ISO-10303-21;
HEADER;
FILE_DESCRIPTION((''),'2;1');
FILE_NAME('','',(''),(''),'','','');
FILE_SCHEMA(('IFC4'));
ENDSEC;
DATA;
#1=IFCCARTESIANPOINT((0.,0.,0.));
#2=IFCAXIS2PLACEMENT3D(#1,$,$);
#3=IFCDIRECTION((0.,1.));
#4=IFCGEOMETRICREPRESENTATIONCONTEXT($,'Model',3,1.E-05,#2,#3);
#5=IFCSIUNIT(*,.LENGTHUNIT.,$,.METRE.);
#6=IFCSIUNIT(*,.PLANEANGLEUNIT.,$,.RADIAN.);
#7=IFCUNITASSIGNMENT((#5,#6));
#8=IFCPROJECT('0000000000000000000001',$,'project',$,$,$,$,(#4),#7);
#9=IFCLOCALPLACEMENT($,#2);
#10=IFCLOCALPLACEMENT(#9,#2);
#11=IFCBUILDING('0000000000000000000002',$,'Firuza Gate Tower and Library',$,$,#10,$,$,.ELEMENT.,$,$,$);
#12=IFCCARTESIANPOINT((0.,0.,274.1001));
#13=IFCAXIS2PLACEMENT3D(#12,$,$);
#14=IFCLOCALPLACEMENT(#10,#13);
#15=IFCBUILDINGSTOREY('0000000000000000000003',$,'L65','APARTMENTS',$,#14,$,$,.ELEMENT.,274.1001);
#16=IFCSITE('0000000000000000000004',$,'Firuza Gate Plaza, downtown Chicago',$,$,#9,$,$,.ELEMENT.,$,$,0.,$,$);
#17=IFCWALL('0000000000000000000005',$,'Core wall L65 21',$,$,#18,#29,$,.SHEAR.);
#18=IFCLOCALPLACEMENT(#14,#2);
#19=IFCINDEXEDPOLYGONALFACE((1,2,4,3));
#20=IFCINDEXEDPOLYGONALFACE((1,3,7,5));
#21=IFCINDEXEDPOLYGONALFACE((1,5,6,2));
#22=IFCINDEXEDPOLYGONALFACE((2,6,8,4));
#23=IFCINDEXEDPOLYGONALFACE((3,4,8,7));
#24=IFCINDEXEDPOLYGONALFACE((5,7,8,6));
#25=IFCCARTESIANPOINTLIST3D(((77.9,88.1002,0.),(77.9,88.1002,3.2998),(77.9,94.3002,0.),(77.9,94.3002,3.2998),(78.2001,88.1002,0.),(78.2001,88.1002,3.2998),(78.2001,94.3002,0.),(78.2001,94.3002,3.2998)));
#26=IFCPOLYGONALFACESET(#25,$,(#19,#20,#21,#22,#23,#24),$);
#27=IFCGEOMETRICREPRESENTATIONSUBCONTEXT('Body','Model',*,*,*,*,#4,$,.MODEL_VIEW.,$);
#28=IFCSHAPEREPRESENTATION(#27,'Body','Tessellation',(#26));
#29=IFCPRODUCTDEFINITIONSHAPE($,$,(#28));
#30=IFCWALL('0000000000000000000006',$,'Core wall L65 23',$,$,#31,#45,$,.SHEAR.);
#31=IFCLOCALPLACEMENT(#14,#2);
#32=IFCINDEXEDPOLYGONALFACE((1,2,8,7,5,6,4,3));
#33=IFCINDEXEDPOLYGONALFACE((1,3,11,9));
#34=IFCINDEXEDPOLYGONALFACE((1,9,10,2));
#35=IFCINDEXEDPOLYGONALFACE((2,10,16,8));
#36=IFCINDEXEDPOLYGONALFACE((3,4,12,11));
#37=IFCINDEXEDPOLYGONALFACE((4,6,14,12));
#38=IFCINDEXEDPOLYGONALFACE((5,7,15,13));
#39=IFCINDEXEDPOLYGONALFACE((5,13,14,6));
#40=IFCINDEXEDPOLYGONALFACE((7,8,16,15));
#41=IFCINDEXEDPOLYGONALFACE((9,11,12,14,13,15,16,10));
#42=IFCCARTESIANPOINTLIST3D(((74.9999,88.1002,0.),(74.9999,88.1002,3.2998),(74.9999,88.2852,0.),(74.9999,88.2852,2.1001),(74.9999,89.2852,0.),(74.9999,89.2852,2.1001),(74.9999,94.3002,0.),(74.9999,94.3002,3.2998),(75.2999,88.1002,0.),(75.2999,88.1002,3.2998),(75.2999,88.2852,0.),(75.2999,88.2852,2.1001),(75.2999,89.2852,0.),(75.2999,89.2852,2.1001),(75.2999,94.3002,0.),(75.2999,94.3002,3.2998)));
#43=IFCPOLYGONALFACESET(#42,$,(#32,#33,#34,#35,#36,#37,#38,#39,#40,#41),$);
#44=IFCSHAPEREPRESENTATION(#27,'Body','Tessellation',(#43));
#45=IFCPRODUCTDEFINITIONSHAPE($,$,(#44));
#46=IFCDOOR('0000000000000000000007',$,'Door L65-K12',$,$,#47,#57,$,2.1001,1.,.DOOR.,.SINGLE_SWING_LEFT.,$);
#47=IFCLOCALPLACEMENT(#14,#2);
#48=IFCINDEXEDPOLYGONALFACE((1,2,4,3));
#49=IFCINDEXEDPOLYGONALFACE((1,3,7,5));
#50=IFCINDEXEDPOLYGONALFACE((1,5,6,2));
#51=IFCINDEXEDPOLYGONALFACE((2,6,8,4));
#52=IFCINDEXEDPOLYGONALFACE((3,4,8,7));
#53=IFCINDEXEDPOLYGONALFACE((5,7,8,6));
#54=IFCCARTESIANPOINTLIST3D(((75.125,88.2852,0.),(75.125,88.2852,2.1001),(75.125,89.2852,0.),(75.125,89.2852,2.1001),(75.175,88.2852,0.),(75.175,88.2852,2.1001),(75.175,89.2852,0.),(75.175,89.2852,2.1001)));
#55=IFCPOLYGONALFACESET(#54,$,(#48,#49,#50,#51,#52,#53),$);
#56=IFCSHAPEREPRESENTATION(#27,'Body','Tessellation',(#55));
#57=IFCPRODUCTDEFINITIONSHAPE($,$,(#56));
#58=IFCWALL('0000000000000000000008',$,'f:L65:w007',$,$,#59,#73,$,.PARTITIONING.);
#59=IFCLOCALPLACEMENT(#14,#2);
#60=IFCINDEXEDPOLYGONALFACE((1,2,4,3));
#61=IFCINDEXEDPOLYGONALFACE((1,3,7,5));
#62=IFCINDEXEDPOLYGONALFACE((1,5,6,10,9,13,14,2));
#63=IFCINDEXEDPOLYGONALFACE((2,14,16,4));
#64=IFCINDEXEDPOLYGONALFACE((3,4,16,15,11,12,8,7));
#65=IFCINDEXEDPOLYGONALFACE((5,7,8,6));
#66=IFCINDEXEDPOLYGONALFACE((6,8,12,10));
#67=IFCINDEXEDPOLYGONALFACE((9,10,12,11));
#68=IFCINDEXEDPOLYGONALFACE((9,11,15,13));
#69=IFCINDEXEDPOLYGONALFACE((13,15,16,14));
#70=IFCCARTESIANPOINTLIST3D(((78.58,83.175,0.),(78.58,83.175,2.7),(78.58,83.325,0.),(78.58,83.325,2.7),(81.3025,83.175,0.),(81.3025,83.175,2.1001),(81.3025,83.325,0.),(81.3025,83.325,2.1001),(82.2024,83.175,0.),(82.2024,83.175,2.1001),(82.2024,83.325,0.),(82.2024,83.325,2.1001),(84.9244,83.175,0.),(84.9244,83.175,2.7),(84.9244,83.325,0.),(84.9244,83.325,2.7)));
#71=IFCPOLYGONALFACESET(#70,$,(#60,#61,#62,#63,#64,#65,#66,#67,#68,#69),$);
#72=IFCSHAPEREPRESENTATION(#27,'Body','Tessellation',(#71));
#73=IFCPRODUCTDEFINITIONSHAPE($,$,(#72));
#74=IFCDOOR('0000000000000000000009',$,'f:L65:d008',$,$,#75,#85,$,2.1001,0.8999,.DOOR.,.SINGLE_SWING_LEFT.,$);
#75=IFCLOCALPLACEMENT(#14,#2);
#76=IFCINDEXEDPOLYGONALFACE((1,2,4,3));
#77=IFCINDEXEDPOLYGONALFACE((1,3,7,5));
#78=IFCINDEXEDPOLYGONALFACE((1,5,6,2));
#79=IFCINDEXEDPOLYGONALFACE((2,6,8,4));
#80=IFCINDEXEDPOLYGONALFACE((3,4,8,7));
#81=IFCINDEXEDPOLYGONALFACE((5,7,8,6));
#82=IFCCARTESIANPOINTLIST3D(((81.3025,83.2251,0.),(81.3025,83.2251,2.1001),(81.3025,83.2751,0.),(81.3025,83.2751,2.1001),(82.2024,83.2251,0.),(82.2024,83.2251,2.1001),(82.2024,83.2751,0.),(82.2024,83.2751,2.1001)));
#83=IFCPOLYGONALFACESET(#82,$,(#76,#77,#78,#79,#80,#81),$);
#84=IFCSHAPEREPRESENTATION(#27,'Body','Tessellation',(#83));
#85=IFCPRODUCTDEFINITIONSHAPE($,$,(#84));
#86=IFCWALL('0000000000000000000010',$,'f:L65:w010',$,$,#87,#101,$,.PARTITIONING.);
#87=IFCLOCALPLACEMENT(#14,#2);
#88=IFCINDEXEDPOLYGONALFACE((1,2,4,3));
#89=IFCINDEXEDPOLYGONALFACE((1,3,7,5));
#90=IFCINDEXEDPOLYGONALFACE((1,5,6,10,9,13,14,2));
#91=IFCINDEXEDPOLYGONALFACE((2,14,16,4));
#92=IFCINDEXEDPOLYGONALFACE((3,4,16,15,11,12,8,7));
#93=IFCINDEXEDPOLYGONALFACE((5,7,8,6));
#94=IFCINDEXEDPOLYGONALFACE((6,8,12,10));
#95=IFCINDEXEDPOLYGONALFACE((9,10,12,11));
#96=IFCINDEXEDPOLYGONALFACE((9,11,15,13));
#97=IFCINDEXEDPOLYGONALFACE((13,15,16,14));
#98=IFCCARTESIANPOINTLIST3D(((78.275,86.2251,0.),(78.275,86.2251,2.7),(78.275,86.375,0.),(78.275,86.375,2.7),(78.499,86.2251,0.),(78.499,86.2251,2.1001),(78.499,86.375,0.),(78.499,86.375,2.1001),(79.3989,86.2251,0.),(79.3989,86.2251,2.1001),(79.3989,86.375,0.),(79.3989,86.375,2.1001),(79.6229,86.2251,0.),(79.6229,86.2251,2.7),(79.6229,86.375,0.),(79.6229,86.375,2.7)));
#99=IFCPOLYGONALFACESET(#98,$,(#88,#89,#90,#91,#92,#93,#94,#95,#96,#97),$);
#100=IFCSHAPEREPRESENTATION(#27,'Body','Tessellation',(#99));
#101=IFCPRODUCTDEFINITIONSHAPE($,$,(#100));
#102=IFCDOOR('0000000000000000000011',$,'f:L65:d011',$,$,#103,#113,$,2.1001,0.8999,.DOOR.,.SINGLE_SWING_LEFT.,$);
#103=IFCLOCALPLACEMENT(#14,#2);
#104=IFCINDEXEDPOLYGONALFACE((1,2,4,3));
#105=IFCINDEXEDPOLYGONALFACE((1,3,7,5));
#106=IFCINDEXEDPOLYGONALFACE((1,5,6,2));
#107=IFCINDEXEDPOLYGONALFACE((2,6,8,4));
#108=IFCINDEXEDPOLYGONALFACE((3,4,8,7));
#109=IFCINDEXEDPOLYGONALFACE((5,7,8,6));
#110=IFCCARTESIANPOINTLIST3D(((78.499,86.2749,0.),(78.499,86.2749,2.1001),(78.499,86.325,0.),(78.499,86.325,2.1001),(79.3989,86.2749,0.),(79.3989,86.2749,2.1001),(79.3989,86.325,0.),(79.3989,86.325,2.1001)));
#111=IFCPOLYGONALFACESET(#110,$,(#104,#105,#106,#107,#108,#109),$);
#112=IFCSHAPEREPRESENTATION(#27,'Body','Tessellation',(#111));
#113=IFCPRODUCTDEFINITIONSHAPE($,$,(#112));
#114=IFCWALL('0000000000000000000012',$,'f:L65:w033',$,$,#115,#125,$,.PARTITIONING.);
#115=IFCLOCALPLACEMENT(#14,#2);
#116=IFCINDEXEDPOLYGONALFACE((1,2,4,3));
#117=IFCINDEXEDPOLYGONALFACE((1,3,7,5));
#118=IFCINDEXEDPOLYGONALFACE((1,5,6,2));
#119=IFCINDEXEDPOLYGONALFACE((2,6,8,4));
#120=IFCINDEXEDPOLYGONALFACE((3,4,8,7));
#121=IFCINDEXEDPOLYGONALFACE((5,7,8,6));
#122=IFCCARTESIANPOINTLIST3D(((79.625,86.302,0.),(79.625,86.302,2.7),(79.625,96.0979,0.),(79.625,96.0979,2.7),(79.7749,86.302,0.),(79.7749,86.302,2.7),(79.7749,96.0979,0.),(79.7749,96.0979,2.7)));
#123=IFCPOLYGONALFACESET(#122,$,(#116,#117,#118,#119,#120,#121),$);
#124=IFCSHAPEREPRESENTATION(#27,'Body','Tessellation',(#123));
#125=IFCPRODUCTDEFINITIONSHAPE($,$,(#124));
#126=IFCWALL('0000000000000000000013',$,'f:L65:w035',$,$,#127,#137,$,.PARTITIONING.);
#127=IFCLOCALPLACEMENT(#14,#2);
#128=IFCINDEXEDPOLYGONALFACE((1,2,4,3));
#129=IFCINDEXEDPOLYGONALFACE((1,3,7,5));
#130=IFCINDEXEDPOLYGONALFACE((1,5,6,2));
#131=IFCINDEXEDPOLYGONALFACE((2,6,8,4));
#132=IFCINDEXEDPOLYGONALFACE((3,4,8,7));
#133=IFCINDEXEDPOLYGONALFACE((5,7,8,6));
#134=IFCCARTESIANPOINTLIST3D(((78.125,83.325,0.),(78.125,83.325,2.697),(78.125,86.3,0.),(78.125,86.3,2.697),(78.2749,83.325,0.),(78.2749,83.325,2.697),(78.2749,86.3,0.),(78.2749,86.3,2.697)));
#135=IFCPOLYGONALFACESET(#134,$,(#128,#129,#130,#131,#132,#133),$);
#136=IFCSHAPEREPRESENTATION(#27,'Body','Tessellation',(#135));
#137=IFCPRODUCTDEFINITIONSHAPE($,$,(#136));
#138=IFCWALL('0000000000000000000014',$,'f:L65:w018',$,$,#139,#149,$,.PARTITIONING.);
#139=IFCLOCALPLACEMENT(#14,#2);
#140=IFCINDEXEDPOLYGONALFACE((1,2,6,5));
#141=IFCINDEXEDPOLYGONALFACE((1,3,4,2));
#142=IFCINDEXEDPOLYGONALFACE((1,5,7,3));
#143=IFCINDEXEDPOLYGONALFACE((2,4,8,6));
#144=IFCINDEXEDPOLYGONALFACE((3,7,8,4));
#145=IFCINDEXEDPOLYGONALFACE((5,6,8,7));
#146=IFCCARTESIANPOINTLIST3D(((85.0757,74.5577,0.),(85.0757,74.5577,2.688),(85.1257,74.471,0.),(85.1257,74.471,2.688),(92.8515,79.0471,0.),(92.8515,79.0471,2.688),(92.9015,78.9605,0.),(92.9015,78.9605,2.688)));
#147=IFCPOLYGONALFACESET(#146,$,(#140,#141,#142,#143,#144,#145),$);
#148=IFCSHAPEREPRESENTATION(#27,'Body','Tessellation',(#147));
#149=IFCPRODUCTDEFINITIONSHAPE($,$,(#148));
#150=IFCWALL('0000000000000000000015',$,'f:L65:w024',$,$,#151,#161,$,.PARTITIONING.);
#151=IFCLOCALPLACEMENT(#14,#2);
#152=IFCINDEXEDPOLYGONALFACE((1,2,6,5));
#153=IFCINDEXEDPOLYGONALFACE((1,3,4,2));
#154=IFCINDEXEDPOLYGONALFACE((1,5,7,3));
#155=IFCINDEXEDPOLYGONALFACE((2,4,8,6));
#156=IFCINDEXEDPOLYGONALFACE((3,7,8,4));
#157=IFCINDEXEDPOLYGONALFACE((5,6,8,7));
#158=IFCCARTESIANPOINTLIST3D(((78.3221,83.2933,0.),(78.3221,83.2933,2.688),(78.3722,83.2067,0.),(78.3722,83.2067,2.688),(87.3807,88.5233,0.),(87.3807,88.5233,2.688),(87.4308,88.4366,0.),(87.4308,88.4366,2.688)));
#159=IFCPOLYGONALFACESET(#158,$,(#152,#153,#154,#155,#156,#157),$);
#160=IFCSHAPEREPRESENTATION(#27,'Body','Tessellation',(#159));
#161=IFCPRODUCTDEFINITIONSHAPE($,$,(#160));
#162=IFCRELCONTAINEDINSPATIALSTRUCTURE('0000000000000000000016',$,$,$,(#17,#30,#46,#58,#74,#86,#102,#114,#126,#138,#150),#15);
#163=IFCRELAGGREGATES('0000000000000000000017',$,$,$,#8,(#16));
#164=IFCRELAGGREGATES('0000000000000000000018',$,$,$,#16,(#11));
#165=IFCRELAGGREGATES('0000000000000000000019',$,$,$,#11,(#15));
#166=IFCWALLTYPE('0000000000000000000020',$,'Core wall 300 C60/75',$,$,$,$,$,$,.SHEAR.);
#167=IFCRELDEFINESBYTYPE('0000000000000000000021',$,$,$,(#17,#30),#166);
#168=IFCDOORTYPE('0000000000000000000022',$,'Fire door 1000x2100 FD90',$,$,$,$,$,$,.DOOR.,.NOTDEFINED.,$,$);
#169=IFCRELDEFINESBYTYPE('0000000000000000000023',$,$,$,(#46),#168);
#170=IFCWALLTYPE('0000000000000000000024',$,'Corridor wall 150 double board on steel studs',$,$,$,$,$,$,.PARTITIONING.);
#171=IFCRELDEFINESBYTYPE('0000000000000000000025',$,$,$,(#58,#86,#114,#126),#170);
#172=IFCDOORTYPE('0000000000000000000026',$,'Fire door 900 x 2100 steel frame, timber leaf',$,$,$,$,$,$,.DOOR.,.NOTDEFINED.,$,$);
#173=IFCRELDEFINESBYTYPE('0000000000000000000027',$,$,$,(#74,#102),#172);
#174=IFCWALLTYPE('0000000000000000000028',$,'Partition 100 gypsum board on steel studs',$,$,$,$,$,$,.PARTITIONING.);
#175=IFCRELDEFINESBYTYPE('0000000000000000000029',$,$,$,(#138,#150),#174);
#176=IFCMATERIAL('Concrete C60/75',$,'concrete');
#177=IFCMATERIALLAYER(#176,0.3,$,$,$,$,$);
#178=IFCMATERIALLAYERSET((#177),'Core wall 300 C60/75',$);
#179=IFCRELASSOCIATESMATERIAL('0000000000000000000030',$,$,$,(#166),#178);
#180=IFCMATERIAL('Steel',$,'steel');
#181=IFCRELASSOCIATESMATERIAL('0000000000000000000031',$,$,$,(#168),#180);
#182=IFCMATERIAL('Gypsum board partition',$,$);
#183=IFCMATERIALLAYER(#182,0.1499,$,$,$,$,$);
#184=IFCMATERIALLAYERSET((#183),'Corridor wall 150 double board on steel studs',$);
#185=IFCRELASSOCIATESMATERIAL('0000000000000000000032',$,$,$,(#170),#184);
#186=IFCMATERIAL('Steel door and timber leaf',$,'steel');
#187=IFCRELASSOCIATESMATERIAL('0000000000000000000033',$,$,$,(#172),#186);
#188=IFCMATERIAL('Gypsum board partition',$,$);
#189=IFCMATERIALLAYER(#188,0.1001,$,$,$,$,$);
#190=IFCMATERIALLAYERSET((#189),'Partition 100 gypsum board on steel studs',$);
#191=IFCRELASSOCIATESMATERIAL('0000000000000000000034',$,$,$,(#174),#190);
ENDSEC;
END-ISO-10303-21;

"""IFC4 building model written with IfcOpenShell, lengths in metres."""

from ifc_helpers import new_model, si_unit, direction, frame, frame_2d, origin, place, context, subcontext, project, spatial, rectangle, extrude, material, layer, layer_set, type_object, element, fill, save


model = new_model("IFC4")

# Units and contexts
model_context = context("Model", 3, precision=1e-05, world=origin(), true_north=direction((0.0, 1.0)))
body_context = subcontext(model_context, "Body", "Model", "MODEL_VIEW")
ifc_project = project(units=[si_unit("LENGTHUNIT", "METRE"), si_unit("PLANEANGLEUNIT", "RADIAN")], contexts=[model_context])

# Site, building, storey
site_placement = place(None, origin())
site = spatial("IfcSite", under=ifc_project, at=site_placement, Name="Firuza Gate Plaza, downtown Chicago", CompositionType="ELEMENT", RefElevation=0.0)
building_placement = place(site_placement, origin())
building = spatial("IfcBuilding", under=site, at=building_placement, Name="Firuza Gate Tower and Library", CompositionType="ELEMENT")
storey_placement = place(building_placement, frame((0.0, 0.0, 274.1001)))
storey = spatial("IfcBuildingStorey", under=building, at=storey_placement, Name="L65", Description="APARTMENTS", CompositionType="ELEMENT", Elevation=274.1001)

# Wall
ifc_material_1 = material(Name="Concrete C60/75", Category="concrete")
ifc_layer_1 = layer(ifc_material_1, 0.3)
ifc_layer_set_1 = layer_set([ifc_layer_1], Name="Core wall 300 C60/75")
wall_type_1 = type_object("IfcWallType", Name="Core wall 300 C60/75", PredefinedType="SHEAR", material=ifc_layer_set_1)
wall_1_placement = place(storey_placement, frame((78.05, 88.1001, 0.0), z_axis=(0.0, 0.0, 1.0), x_axis=(0.0, 1.0, 0.0)))
element("IfcWall", 1, at=wall_1_placement, inside=storey, type_object=wall_type_1, Name="Core wall L65 21", PredefinedType="SHEAR", context=body_context, shape_type="SweptSolid", body=[
    extrude(rectangle(XDim=6.2, YDim=0.3, at=frame_2d((3.1001, 0.0))), origin(), (0.0, 0.0, 1.0), 3.2998),
])

# Walls, openings, doors
wall_2_placement = place(storey_placement, frame((75.1499, 88.1001, 0.0), z_axis=(0.0, 0.0, 1.0), x_axis=(0.0, 1.0, 0.0)))
wall_2 = element("IfcWall", 2, at=wall_2_placement, inside=storey, type_object=wall_type_1, Name="Core wall L65 23", PredefinedType="SHEAR", context=body_context, shape_type="SweptSolid", body=[
    extrude(rectangle(XDim=6.2, YDim=0.3, at=frame_2d((3.1001, 0.0))), origin(), (0.0, 0.0, 1.0), 3.2998),
])
opening_1_placement = place(wall_2_placement, frame((0.1851, 0.0, 0.0)))
opening_1 = element("IfcOpeningElement", 3, at=opening_1_placement, cuts=wall_2, PredefinedType="OPENING", context=body_context, shape_type="SweptSolid", body=[
    extrude(rectangle(XDim=1.0, YDim=2.1001, at=frame_2d((0.5, 1.05))), frame((0.0, 0.1602, 0.0), z_axis=(0.0, -1.0, 0.0), x_axis=(1.0, 0.0, 0.0)), (0.0, 0.0, 1.0), 0.3201),
])
ifc_material_2 = material(Name="Steel", Category="steel")
door_type_1 = type_object("IfcDoorType", Name="Fire door 1000x2100 FD90", OperationType="NOTDEFINED", PredefinedType="DOOR", material=ifc_material_2)
door_1_placement = place(opening_1_placement, origin())
door_1 = element("IfcDoor", 4, at=door_1_placement, inside=storey, type_object=door_type_1, Name="Door L65-K12", OperationType="SINGLE_SWING_LEFT", OverallHeight=2.1001, OverallWidth=1.0, PredefinedType="DOOR", context=body_context, shape_type="SweptSolid", body=[
    extrude(rectangle(XDim=1.0, YDim=2.1001, at=frame_2d((0.5, 1.05))), frame((0.0, 0.0249, 0.0), z_axis=(0.0, -1.0, 0.0), x_axis=(1.0, 0.0, 0.0)), (0.0, 0.0, 1.0), 0.05),
])
fill(opening_1, door_1)
ifc_material_3 = material(Name="Gypsum board partition")
ifc_layer_2 = layer(ifc_material_3, 0.1499)
ifc_layer_set_2 = layer_set([ifc_layer_2], Name="Corridor wall 150 double board on steel studs")
wall_type_2 = type_object("IfcWallType", Name="Corridor wall 150 double board on steel studs", PredefinedType="PARTITIONING", material=ifc_layer_set_2)
wall_3_placement = place(storey_placement, frame((84.9246, 83.25, 0.0), z_axis=(0.0, 0.0, 1.0), x_axis=(-1.0, 0.0, 0.0)))
wall_3 = element("IfcWall", 5, at=wall_3_placement, inside=storey, type_object=wall_type_2, Name="f:L65:w007", PredefinedType="PARTITIONING", context=body_context, shape_type="SweptSolid", body=[
    extrude(rectangle(XDim=6.3445, YDim=0.1499, at=frame_2d((3.1724, 0.0))), origin(), (0.0, 0.0, 1.0), 2.7),
])
opening_2_placement = place(wall_3_placement, frame((2.7222, 0.0, 0.0)))
opening_2 = element("IfcOpeningElement", 6, at=opening_2_placement, cuts=wall_3, PredefinedType="OPENING", context=body_context, shape_type="SweptSolid", body=[
    extrude(rectangle(XDim=0.8999, YDim=2.1001, at=frame_2d((0.45, 1.05))), frame((0.0, 0.085, 0.0), z_axis=(0.0, -1.0, 0.0), x_axis=(1.0, 0.0, 0.0)), (0.0, 0.0, 1.0), 0.1699),
])
ifc_material_4 = material(Name="Steel door and timber leaf", Category="steel")
door_type_2 = type_object("IfcDoorType", Name="Fire door 900 x 2100 steel frame, timber leaf", OperationType="NOTDEFINED", PredefinedType="DOOR", material=ifc_material_4)
door_2_placement = place(opening_2_placement, origin())
door_2 = element("IfcDoor", 7, at=door_2_placement, inside=storey, type_object=door_type_2, Name="f:L65:d008", OperationType="SINGLE_SWING_LEFT", OverallHeight=2.1001, OverallWidth=0.8999, PredefinedType="DOOR", context=body_context, shape_type="SweptSolid", body=[
    extrude(rectangle(XDim=0.8999, YDim=2.1001, at=frame_2d((0.45, 1.05))), frame((0.0, 0.0249, 0.0), z_axis=(0.0, -1.0, 0.0), x_axis=(1.0, 0.0, 0.0)), (0.0, 0.0, 1.0), 0.05),
])
fill(opening_2, door_2)
wall_4_placement = place(storey_placement, frame((78.2751, 86.3, 0.0), z_axis=(0.0, 0.0, 1.0), x_axis=(1.0, 0.0, 0.0)))
wall_4 = element("IfcWall", 8, at=wall_4_placement, inside=storey, type_object=wall_type_2, Name="f:L65:w010", PredefinedType="PARTITIONING", context=body_context, shape_type="SweptSolid", body=[
    extrude(rectangle(XDim=1.3479, YDim=0.1499, at=frame_2d((0.6738, 0.0))), origin(), (0.0, 0.0, 1.0), 2.7),
])
opening_3_placement = place(wall_4_placement, frame((0.2239, 0.0, 0.0)))
opening_3 = element("IfcOpeningElement", 9, at=opening_3_placement, cuts=wall_4, PredefinedType="OPENING", context=body_context, shape_type="SweptSolid", body=[
    extrude(rectangle(XDim=0.8999, YDim=2.1001, at=frame_2d((0.45, 1.05))), frame((0.0, 0.085, 0.0), z_axis=(0.0, -1.0, 0.0), x_axis=(1.0, 0.0, 0.0)), (0.0, 0.0, 1.0), 0.1699),
])
door_3_placement = place(opening_3_placement, origin())
door_3 = element("IfcDoor", 10, at=door_3_placement, inside=storey, type_object=door_type_2, Name="f:L65:d011", OperationType="SINGLE_SWING_LEFT", OverallHeight=2.1001, OverallWidth=0.8999, PredefinedType="DOOR", context=body_context, shape_type="SweptSolid", body=[
    extrude(rectangle(XDim=0.8999, YDim=2.1001, at=frame_2d((0.45, 1.05))), frame((0.0, 0.0249, 0.0), z_axis=(0.0, -1.0, 0.0), x_axis=(1.0, 0.0, 0.0)), (0.0, 0.0, 1.0), 0.05),
])
fill(opening_3, door_3)

# Walls
wall_5_placement = place(storey_placement, frame((79.7, 86.302, 0.0), z_axis=(0.0, 0.0, 1.0), x_axis=(0.0, 1.0, 0.0)))
element("IfcWall", 11, at=wall_5_placement, inside=storey, type_object=wall_type_2, Name="f:L65:w033", PredefinedType="PARTITIONING", context=body_context, shape_type="SweptSolid", body=[
    extrude(rectangle(XDim=9.7959, YDim=0.1499, at=frame_2d((4.8979, 0.0))), origin(), (0.0, 0.0, 1.0), 2.7),
])
wall_6_placement = place(storey_placement, frame((78.2, 83.325, 0.0), z_axis=(0.0, 0.0, 1.0), x_axis=(0.0, 1.0, 0.0)))
element("IfcWall", 12, at=wall_6_placement, inside=storey, type_object=wall_type_2, Name="f:L65:w035", PredefinedType="PARTITIONING", context=body_context, shape_type="SweptSolid", body=[
    extrude(rectangle(XDim=2.9751, YDim=0.1499, at=frame_2d((1.4875, 0.0))), origin(), (0.0, 0.0, 1.0), 2.697),
])
ifc_material_5 = material(Name="Gypsum board partition")
ifc_layer_3 = layer(ifc_material_5, 0.1001)
ifc_layer_set_3 = layer_set([ifc_layer_3], Name="Partition 100 gypsum board on steel studs")
wall_type_3 = type_object("IfcWallType", Name="Partition 100 gypsum board on steel studs", PredefinedType="PARTITIONING", material=ifc_layer_set_3)
wall_7_placement = place(storey_placement, frame((85.1008, 74.5144, 0.0), z_axis=(0.0, 0.0, 1.0), x_axis=(0.866021, 0.500008, 0.0)))
element("IfcWall", 13, at=wall_7_placement, inside=storey, type_object=wall_type_3, Name="f:L65:w018", PredefinedType="PARTITIONING", context=body_context, shape_type="SweptSolid", body=[
    extrude(rectangle(XDim=8.9788, YDim=0.1001, at=frame_2d((4.4893, 0.0))), origin(), (0.0, 0.0, 1.0), 2.688),
])
wall_8_placement = place(storey_placement, frame((78.3472, 83.25, 0.0), z_axis=(0.0, 0.0, 1.0), x_axis=(0.866025, 0.5, 0.0)))
element("IfcWall", 14, at=wall_8_placement, inside=storey, type_object=wall_type_3, Name="f:L65:w024", PredefinedType="PARTITIONING", context=body_context, shape_type="SweptSolid", body=[
    extrude(rectangle(XDim=10.46, YDim=0.1001, at=frame_2d((5.23, 0.0))), origin(), (0.0, 0.0, 1.0), 2.688),
])

save(model, "model.ifc")
